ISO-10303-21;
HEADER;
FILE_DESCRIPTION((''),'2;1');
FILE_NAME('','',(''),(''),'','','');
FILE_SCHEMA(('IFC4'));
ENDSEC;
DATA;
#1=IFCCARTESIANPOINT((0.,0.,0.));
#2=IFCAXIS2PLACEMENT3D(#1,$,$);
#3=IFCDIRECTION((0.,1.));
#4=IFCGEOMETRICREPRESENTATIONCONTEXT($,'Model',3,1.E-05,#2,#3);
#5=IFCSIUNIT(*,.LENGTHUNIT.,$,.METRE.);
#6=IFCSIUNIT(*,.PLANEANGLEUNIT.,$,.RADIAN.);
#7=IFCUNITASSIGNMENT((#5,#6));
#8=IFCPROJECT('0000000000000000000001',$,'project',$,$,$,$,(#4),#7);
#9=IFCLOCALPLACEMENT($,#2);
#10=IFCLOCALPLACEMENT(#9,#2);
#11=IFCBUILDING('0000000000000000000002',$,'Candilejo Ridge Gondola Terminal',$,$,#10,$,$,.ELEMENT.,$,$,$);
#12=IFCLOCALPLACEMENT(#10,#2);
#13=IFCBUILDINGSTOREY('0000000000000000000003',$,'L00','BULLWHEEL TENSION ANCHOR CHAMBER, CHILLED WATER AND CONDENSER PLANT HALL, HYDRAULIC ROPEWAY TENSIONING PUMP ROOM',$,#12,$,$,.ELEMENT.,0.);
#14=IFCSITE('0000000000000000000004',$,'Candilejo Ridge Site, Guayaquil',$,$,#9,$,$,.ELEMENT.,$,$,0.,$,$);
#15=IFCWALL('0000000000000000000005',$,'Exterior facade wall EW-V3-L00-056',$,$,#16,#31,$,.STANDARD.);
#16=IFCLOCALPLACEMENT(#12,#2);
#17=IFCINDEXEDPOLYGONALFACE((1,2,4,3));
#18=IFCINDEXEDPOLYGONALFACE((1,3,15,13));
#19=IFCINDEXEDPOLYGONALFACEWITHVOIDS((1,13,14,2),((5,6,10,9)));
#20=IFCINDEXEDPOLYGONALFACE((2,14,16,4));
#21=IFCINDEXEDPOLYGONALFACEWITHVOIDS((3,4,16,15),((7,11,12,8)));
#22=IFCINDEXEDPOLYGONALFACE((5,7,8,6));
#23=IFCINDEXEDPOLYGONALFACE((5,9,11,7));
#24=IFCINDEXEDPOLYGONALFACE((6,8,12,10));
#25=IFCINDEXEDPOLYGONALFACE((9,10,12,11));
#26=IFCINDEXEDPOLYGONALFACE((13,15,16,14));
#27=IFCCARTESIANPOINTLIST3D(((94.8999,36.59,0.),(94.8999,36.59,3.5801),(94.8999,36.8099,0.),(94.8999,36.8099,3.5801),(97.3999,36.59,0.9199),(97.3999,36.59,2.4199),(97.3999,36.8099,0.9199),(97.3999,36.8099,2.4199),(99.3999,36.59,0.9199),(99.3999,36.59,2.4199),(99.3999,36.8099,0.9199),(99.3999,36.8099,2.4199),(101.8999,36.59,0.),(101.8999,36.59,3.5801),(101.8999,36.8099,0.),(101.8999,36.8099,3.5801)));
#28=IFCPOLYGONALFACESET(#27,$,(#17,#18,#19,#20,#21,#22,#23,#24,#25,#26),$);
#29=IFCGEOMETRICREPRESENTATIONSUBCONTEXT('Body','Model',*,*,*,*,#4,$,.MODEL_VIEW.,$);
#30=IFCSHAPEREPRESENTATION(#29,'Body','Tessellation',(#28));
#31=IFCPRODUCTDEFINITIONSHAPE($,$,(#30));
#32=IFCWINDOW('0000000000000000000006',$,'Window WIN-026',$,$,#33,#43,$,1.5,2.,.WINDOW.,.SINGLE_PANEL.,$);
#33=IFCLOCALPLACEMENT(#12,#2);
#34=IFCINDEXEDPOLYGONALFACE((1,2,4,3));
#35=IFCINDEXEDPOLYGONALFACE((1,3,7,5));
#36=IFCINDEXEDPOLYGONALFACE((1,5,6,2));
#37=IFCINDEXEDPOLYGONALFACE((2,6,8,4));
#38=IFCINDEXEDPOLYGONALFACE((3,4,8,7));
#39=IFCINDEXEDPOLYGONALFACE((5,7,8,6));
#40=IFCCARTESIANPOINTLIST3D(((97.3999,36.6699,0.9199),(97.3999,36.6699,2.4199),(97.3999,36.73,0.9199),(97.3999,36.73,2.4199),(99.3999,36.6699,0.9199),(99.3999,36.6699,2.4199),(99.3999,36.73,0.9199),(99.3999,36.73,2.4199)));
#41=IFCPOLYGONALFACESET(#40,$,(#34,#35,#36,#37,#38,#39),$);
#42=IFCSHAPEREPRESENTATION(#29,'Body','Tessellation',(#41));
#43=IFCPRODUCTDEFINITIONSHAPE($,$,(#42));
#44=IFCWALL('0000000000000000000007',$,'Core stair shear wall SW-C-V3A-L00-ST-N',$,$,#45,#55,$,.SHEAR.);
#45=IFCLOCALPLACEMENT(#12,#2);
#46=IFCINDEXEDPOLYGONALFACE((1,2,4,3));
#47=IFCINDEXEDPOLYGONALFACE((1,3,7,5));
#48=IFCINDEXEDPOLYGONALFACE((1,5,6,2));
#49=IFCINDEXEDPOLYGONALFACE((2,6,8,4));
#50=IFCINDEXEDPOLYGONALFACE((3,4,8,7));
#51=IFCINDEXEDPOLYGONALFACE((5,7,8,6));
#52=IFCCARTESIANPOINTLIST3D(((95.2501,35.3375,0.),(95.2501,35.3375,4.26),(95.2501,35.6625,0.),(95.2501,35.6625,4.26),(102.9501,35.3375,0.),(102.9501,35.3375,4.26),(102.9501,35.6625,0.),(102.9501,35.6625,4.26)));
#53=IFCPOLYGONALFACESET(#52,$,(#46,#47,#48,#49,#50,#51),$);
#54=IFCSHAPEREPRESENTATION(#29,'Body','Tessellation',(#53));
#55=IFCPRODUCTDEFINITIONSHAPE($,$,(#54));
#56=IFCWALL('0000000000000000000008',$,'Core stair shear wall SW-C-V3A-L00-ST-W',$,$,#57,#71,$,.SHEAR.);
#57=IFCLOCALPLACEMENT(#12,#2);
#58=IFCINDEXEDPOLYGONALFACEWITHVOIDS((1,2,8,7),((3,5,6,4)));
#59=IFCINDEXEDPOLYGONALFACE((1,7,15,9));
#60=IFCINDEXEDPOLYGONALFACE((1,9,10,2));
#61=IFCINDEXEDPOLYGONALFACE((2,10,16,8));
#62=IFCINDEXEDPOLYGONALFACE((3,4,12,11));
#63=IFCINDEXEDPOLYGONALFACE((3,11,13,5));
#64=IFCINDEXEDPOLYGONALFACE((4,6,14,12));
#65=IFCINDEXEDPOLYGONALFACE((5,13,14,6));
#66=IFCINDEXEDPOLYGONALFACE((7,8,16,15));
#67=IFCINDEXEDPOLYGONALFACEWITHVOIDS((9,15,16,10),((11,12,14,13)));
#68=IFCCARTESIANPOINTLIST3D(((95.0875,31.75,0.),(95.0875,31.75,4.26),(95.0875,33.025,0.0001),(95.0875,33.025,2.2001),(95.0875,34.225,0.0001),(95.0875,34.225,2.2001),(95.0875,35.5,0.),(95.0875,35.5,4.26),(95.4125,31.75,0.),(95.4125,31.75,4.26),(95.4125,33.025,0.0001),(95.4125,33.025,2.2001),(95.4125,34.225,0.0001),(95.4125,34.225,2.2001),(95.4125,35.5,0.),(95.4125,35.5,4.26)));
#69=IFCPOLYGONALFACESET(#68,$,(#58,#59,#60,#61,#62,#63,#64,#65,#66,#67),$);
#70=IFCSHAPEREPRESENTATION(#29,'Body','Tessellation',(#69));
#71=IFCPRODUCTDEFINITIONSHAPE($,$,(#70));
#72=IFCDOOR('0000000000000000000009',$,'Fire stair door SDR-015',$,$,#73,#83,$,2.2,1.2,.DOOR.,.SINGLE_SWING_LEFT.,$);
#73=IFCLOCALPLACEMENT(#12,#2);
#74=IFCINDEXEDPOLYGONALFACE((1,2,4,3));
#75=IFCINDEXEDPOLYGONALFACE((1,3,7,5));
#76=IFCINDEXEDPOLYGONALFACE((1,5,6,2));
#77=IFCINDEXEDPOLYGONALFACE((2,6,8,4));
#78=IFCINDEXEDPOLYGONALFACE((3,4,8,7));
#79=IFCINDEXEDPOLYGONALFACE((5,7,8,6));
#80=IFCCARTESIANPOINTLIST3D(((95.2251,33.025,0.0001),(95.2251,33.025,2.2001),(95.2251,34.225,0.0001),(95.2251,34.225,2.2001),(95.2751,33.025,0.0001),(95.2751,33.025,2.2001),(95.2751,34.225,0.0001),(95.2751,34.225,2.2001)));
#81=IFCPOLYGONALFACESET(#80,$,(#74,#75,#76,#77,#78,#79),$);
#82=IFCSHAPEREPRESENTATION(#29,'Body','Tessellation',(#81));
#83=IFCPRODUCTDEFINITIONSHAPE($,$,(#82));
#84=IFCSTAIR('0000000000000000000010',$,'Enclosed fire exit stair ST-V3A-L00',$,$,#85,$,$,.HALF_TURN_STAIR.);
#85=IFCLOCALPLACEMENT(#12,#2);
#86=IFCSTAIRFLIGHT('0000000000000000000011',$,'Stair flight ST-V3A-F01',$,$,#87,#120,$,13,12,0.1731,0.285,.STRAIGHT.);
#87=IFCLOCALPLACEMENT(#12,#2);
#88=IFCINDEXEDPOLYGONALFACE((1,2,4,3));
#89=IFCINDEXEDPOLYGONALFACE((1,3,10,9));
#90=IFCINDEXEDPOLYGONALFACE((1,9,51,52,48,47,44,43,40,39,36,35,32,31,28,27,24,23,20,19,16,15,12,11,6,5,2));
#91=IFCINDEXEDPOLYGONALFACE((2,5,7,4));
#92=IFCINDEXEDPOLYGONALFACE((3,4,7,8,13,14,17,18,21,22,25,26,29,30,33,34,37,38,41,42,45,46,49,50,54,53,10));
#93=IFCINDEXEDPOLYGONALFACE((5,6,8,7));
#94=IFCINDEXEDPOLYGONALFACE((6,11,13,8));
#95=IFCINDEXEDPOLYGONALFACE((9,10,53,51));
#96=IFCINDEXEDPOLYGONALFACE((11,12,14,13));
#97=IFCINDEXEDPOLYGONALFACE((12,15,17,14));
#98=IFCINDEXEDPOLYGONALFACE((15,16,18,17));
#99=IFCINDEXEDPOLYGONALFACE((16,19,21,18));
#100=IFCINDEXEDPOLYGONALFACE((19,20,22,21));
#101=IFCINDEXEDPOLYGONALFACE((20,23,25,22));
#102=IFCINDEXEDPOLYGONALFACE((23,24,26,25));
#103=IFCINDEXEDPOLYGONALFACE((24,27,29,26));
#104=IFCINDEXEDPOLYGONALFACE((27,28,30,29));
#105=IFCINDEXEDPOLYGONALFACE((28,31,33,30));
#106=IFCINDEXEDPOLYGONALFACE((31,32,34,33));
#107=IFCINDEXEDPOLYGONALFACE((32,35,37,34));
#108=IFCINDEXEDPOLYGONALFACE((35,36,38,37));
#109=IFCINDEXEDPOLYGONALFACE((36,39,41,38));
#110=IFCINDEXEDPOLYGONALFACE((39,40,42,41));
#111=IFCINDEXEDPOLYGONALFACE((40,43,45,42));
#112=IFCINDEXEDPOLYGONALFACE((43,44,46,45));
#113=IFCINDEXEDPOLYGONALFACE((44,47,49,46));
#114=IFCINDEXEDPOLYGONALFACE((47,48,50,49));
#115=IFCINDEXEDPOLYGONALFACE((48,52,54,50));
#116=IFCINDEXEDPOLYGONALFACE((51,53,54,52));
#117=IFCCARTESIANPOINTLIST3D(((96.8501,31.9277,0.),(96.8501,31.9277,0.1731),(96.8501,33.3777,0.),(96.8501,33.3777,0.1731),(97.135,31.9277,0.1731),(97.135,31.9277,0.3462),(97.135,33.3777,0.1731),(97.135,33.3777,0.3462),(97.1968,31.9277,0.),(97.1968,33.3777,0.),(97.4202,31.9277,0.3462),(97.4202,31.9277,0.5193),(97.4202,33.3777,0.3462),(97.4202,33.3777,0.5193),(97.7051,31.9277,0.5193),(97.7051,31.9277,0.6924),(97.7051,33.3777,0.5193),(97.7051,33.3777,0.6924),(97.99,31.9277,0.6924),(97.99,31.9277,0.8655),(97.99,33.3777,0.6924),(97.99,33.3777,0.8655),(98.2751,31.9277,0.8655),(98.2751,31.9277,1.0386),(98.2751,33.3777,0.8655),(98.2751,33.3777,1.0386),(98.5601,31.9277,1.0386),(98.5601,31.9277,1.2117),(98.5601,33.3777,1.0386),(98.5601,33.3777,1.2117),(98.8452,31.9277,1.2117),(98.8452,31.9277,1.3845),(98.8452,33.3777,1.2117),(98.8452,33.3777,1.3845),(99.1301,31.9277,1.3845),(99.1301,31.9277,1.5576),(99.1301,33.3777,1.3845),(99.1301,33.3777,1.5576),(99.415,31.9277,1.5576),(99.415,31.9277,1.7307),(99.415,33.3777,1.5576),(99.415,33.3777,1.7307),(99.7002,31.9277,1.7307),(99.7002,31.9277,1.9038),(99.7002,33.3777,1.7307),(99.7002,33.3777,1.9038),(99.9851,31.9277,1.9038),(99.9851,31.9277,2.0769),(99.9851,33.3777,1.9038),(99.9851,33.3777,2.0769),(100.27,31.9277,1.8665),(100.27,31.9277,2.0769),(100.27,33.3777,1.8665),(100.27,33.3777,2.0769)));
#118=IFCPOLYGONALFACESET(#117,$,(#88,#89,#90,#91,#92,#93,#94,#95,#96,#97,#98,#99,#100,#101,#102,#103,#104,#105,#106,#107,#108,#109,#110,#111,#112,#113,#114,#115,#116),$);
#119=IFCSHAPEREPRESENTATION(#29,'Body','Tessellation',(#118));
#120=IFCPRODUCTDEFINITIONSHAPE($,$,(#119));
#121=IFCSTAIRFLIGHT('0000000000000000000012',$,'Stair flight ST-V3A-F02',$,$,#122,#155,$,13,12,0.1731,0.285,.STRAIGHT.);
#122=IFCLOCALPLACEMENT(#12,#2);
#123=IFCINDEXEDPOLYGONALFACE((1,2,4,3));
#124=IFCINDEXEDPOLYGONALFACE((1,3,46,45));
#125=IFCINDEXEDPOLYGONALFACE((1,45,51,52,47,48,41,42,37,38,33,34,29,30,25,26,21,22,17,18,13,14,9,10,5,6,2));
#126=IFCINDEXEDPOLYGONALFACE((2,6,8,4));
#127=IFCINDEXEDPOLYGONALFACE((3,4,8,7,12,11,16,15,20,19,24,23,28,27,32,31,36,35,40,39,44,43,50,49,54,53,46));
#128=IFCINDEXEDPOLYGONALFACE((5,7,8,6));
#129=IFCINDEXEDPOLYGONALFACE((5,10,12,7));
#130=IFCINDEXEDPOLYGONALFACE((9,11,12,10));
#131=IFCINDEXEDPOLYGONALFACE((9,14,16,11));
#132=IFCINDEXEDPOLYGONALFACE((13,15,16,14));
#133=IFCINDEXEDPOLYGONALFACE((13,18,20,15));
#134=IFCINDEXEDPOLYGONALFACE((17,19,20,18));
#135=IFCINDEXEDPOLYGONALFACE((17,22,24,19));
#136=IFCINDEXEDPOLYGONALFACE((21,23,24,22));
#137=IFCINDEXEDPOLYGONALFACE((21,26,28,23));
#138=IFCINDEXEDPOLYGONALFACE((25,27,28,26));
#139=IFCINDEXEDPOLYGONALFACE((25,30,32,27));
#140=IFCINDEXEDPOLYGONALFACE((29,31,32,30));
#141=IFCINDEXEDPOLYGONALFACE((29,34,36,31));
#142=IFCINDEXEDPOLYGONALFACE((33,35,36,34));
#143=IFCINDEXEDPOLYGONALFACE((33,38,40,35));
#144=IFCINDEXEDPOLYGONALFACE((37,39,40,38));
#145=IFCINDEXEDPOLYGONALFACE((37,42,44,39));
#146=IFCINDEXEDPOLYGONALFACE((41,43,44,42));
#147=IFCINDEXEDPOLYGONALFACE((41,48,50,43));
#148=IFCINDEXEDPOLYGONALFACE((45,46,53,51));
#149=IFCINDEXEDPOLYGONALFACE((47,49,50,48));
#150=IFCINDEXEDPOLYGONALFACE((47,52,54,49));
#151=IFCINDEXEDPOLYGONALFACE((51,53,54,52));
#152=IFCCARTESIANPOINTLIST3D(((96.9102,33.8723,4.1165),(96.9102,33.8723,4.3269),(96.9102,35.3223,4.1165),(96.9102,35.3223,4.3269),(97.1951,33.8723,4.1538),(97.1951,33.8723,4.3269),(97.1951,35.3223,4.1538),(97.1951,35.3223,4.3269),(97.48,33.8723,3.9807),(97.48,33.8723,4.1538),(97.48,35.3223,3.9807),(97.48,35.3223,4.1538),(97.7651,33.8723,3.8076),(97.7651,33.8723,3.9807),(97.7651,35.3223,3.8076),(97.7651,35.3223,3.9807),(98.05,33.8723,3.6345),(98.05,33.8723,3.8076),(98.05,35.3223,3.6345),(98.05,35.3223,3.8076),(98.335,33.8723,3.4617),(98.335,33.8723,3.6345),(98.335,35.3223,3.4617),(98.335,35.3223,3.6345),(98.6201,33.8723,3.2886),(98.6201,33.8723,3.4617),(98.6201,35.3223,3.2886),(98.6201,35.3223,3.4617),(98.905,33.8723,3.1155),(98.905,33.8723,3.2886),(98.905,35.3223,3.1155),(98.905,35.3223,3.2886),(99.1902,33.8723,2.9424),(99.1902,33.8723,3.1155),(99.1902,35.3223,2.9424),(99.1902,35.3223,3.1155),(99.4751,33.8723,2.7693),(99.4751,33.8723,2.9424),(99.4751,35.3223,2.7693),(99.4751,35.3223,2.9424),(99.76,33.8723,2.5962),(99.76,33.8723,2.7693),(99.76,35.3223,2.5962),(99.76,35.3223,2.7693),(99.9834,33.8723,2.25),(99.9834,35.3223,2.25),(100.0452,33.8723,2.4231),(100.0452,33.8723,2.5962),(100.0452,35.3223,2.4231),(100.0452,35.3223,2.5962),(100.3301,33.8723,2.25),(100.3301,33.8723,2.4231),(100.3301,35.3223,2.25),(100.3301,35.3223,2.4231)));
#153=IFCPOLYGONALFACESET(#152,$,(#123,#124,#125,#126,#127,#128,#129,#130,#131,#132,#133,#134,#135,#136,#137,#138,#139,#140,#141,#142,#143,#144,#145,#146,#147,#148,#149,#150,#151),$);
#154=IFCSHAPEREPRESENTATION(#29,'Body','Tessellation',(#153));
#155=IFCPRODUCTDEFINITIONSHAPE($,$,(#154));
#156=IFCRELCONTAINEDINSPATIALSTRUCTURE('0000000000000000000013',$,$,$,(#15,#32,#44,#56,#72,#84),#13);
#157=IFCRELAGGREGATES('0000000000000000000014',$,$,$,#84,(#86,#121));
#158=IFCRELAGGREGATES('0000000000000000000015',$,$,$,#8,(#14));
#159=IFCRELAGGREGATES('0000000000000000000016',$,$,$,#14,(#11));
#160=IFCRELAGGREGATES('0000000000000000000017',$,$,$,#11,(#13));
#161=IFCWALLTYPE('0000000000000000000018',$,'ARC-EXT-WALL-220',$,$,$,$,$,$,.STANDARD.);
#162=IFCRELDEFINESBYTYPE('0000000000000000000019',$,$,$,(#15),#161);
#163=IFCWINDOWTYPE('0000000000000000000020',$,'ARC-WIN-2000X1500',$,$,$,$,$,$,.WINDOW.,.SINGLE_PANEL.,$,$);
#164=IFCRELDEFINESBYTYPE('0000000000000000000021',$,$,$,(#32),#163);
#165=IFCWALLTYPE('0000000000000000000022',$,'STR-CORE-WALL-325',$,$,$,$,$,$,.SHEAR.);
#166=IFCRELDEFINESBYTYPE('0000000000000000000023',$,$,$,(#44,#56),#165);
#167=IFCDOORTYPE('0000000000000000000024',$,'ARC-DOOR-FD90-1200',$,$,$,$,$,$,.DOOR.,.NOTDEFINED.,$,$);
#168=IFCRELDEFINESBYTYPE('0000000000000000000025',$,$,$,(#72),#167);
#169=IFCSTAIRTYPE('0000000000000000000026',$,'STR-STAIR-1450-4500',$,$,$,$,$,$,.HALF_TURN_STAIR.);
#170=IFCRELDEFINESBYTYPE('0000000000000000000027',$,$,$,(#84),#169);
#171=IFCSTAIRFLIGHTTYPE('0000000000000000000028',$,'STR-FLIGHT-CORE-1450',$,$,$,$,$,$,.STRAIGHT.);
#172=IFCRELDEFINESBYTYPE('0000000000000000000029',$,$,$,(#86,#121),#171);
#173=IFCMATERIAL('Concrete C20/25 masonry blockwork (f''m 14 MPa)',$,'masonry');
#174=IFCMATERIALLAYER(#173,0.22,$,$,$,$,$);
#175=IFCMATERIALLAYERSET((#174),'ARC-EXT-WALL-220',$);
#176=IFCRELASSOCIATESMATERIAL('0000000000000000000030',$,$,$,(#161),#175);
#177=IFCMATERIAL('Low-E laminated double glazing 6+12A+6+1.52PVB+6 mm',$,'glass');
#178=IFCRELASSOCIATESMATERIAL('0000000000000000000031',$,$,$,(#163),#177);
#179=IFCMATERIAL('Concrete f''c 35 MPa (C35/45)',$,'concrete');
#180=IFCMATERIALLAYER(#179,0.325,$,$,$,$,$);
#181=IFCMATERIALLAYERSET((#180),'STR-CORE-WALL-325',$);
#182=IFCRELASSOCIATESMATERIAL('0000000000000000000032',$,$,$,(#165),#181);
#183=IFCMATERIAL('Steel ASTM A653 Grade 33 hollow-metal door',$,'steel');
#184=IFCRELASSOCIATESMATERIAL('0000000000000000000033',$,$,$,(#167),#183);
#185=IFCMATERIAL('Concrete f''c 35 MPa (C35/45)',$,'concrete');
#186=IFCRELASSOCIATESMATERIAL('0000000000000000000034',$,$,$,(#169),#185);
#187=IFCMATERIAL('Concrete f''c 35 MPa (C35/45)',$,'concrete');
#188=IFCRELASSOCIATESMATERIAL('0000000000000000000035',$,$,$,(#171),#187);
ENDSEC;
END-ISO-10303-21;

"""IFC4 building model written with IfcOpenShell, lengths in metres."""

from ifc_helpers import new_model, si_unit, direction, frame, frame_2d, origin, place, context, subcontext, project, spatial, polyline, rectangle, outline, extrude, material, layer, layer_set, type_object, element, fill, aggregate, save


model = new_model("IFC4")

# Units and contexts
model_context = context("Model", 3, precision=1e-05, world=origin(), true_north=direction((0.0, 1.0)))
body_context = subcontext(model_context, "Body", "Model", "MODEL_VIEW")
ifc_project = project(units=[si_unit("LENGTHUNIT", "METRE"), si_unit("PLANEANGLEUNIT", "RADIAN")], contexts=[model_context])

# Site, building, storey
site_placement = place(None, origin())
site = spatial("IfcSite", under=ifc_project, at=site_placement, Name="Candilejo Ridge Site, Guayaquil", CompositionType="ELEMENT", RefElevation=0.0)
building_placement = place(site_placement, origin())
building = spatial("IfcBuilding", under=site, at=building_placement, Name="Candilejo Ridge Gondola Terminal", CompositionType="ELEMENT")
storey_placement = place(building_placement, origin())
storey = spatial("IfcBuildingStorey", under=building, at=storey_placement, Name="L00", Description="BULLWHEEL TENSION ANCHOR CHAMBER, CHILLED WATER AND CONDENSER PLANT HALL, HYDRAULIC ROPEWAY TENSIONING PUMP ROOM", CompositionType="ELEMENT", Elevation=0.0)

# Wall, opening, window
ifc_material_1 = material(Name="Concrete C20/25 masonry blockwork (f'm 14 MPa)", Category="masonry")
ifc_layer_1 = layer(ifc_material_1, 0.22)
ifc_layer_set_1 = layer_set([ifc_layer_1], Name="ARC-EXT-WALL-220")
wall_type_1 = type_object("IfcWallType", Name="ARC-EXT-WALL-220", PredefinedType="STANDARD", material=ifc_layer_set_1)
wall_1_placement = place(storey_placement, frame((94.8999, 36.7, 0.0), z_axis=(0.0, 0.0, 1.0), x_axis=(1.0, 0.0, 0.0)))
wall_1 = element("IfcWall", 1, at=wall_1_placement, inside=storey, type_object=wall_type_1, Name="Exterior facade wall EW-V3-L00-056", PredefinedType="STANDARD", context=body_context, shape_type="SweptSolid", body=[
    extrude(rectangle(XDim=7.0, YDim=0.22, at=frame_2d((3.5, 0.0))), origin(), (0.0, 0.0, 1.0), 3.5801),
])
opening_1_placement = place(wall_1_placement, frame((2.5, 0.0, 0.9199)))
opening_1 = element("IfcOpeningElement", 2, at=opening_1_placement, cuts=wall_1, PredefinedType="OPENING", context=body_context, shape_type="SweptSolid", body=[
    extrude(rectangle(XDim=2.0, YDim=1.5, at=frame_2d((1.0, 0.75))), frame((0.0, 0.1199, 0.0), z_axis=(0.0, -1.0, 0.0), x_axis=(1.0, 0.0, 0.0)), (0.0, 0.0, 1.0), 0.24),
])
ifc_material_2 = material(Name="Low-E laminated double glazing 6+12A+6+1.52PVB+6 mm", Category="glass")
window_type = type_object("IfcWindowType", Name="ARC-WIN-2000X1500", PartitioningType="SINGLE_PANEL", PredefinedType="WINDOW", material=ifc_material_2)
window_placement = place(opening_1_placement, origin())
window = element("IfcWindow", 3, at=window_placement, inside=storey, type_object=window_type, Name="Window WIN-026", OverallHeight=1.5, OverallWidth=2.0, PartitioningType="SINGLE_PANEL", PredefinedType="WINDOW", context=body_context, shape_type="SweptSolid", body=[
    extrude(rectangle(XDim=2.0, YDim=1.5, at=frame_2d((1.0, 0.75))), frame((0.0, 0.03, 0.0), z_axis=(0.0, -1.0, 0.0), x_axis=(1.0, 0.0, 0.0)), (0.0, 0.0, 1.0), 0.0601),
])
fill(opening_1, window)

# Wall
ifc_material_3 = material(Name="Concrete f'c 35 MPa (C35/45)", Category="concrete")
ifc_layer_2 = layer(ifc_material_3, 0.325)
ifc_layer_set_2 = layer_set([ifc_layer_2], Name="STR-CORE-WALL-325")
wall_type_2 = type_object("IfcWallType", Name="STR-CORE-WALL-325", PredefinedType="SHEAR", material=ifc_layer_set_2)
wall_2_placement = place(storey_placement, frame((95.25, 35.5, 0.0), z_axis=(0.0, 0.0, 1.0), x_axis=(1.0, 0.0, 0.0)))
element("IfcWall", 4, at=wall_2_placement, inside=storey, type_object=wall_type_2, Name="Core stair shear wall SW-C-V3A-L00-ST-N", PredefinedType="SHEAR", context=body_context, shape_type="SweptSolid", body=[
    extrude(rectangle(XDim=7.7, YDim=0.325, at=frame_2d((3.8501, 0.0))), origin(), (0.0, 0.0, 1.0), 4.26),
])

# Wall, opening, door
wall_3_placement = place(storey_placement, frame((95.25, 31.75, 0.0), z_axis=(0.0, 0.0, 1.0), x_axis=(0.0, 1.0, 0.0)))
wall_3 = element("IfcWall", 5, at=wall_3_placement, inside=storey, type_object=wall_type_2, Name="Core stair shear wall SW-C-V3A-L00-ST-W", PredefinedType="SHEAR", context=body_context, shape_type="SweptSolid", body=[
    extrude(rectangle(XDim=3.75, YDim=0.325, at=frame_2d((1.875, 0.0))), origin(), (0.0, 0.0, 1.0), 4.26),
])
opening_2_placement = place(wall_3_placement, frame((1.2749, 0.0, 0.0)))
opening_2 = element("IfcOpeningElement", 6, at=opening_2_placement, cuts=wall_3, PredefinedType="OPENING", context=body_context, shape_type="SweptSolid", body=[
    extrude(rectangle(XDim=1.2, YDim=2.2, at=frame_2d((0.6001, 1.1001))), frame((0.0, 0.1724, 0.0), z_axis=(0.0, -1.0, 0.0), x_axis=(1.0, 0.0, 0.0)), (0.0, 0.0, 1.0), 0.345),
])
ifc_material_4 = material(Name="Steel ASTM A653 Grade 33 hollow-metal door", Category="steel")
door_type = type_object("IfcDoorType", Name="ARC-DOOR-FD90-1200", OperationType="NOTDEFINED", PredefinedType="DOOR", material=ifc_material_4)
door_placement = place(opening_2_placement, origin())
door = element("IfcDoor", 7, at=door_placement, inside=storey, type_object=door_type, Name="Fire stair door SDR-015", OperationType="SINGLE_SWING_LEFT", OverallHeight=2.2, OverallWidth=1.2, PredefinedType="DOOR", context=body_context, shape_type="SweptSolid", body=[
    extrude(rectangle(XDim=1.2, YDim=2.2, at=frame_2d((0.6001, 1.1001))), frame((0.0, 0.0249, 0.0), z_axis=(0.0, -1.0, 0.0), x_axis=(1.0, 0.0, 0.0)), (0.0, 0.0, 1.0), 0.05),
])
fill(opening_2, door)

# Stair, stair flights
ifc_material_5 = material(Name="Concrete f'c 35 MPa (C35/45)", Category="concrete")
stair_type = type_object("IfcStairType", Name="STR-STAIR-1450-4500", PredefinedType="HALF_TURN_STAIR", material=ifc_material_5)
stair_placement = place(storey_placement, origin())
stair = element("IfcStair", 8, at=stair_placement, inside=storey, type_object=stair_type, Name="Enclosed fire exit stair ST-V3A-L00", PredefinedType="HALF_TURN_STAIR")
ifc_material_6 = material(Name="Concrete f'c 35 MPa (C35/45)", Category="concrete")
stair_flight_type = type_object("IfcStairFlightType", Name="STR-FLIGHT-CORE-1450", PredefinedType="STRAIGHT", material=ifc_material_6)
stair_flight_1_placement = place(storey_placement, frame((96.8501, 32.6526, 0.0), z_axis=(0.0, 0.0, 1.0), x_axis=(1.0, 0.0, 0.0)))
stair_flight_1 = element("IfcStairFlight", 9, at=stair_flight_1_placement, type_object=stair_flight_type, Name="Stair flight ST-V3A-F01", NumberOfRisers=13, NumberOfTreads=12, PredefinedType="STRAIGHT", RiserHeight=0.1731, TreadLength=0.285, context=body_context, shape_type="SweptSolid", body=[
    extrude(outline(polyline([(0.0, 0.0), (0.0, 0.1731), (0.2849, 0.1731), (0.2849, 0.3462), (0.5701, 0.3462), (0.5701, 0.5193), (0.855, 0.5193), (0.855, 0.6924), (1.1399, 0.6924), (1.1399, 0.8655), (1.425, 0.8655), (1.425, 1.0386), (1.71, 1.0386), (1.71, 1.2117), (1.9951, 1.2117), (1.9951, 1.3845), (2.28, 1.3845), (2.28, 1.5576), (2.5649, 1.5576), (2.5649, 1.7307), (2.8501, 1.7307), (2.8501, 1.9038), (3.135, 1.9038), (3.135, 2.0769), (3.4199, 2.0769), (3.4199, 2.25), (3.4199, 1.8665), (0.3467, 0.0), (0.0, 0.0)])), frame((0.0, 0.7251, 0.0), z_axis=(0.0, -1.0, 0.0), x_axis=(1.0, 0.0, 0.0)), (0.0, 0.0, 1.0), 1.45),
])
stair_flight_2_placement = place(storey_placement, frame((100.3301, 34.5974, 2.25), z_axis=(0.0, 0.0, 1.0), x_axis=(-1.0, 0.0, 0.0)))
stair_flight_2 = element("IfcStairFlight", 10, at=stair_flight_2_placement, type_object=stair_flight_type, Name="Stair flight ST-V3A-F02", NumberOfRisers=13, NumberOfTreads=12, PredefinedType="STRAIGHT", RiserHeight=0.1731, TreadLength=0.285, context=body_context, shape_type="SweptSolid", body=[
    extrude(outline(polyline([(0.0, 0.0), (0.0, 0.1731), (0.2849, 0.1731), (0.2849, 0.3462), (0.5701, 0.3462), (0.5701, 0.5193), (0.855, 0.5193), (0.855, 0.6924), (1.1399, 0.6924), (1.1399, 0.8655), (1.425, 0.8655), (1.425, 1.0386), (1.71, 1.0386), (1.71, 1.2117), (1.9951, 1.2117), (1.9951, 1.3845), (2.28, 1.3845), (2.28, 1.5576), (2.5649, 1.5576), (2.5649, 1.7307), (2.8501, 1.7307), (2.8501, 1.9038), (3.135, 1.9038), (3.135, 2.0769), (3.4199, 2.0769), (3.4199, 2.25), (3.4199, 1.8665), (0.3467, 0.0), (0.0, 0.0)])), frame((0.0, 0.7251, 0.0), z_axis=(0.0, -1.0, 0.0), x_axis=(1.0, 0.0, 0.0)), (0.0, 0.0, 1.0), 1.45),
])
aggregate(stair, [stair_flight_1, stair_flight_2])

save(model, "model.ifc")
